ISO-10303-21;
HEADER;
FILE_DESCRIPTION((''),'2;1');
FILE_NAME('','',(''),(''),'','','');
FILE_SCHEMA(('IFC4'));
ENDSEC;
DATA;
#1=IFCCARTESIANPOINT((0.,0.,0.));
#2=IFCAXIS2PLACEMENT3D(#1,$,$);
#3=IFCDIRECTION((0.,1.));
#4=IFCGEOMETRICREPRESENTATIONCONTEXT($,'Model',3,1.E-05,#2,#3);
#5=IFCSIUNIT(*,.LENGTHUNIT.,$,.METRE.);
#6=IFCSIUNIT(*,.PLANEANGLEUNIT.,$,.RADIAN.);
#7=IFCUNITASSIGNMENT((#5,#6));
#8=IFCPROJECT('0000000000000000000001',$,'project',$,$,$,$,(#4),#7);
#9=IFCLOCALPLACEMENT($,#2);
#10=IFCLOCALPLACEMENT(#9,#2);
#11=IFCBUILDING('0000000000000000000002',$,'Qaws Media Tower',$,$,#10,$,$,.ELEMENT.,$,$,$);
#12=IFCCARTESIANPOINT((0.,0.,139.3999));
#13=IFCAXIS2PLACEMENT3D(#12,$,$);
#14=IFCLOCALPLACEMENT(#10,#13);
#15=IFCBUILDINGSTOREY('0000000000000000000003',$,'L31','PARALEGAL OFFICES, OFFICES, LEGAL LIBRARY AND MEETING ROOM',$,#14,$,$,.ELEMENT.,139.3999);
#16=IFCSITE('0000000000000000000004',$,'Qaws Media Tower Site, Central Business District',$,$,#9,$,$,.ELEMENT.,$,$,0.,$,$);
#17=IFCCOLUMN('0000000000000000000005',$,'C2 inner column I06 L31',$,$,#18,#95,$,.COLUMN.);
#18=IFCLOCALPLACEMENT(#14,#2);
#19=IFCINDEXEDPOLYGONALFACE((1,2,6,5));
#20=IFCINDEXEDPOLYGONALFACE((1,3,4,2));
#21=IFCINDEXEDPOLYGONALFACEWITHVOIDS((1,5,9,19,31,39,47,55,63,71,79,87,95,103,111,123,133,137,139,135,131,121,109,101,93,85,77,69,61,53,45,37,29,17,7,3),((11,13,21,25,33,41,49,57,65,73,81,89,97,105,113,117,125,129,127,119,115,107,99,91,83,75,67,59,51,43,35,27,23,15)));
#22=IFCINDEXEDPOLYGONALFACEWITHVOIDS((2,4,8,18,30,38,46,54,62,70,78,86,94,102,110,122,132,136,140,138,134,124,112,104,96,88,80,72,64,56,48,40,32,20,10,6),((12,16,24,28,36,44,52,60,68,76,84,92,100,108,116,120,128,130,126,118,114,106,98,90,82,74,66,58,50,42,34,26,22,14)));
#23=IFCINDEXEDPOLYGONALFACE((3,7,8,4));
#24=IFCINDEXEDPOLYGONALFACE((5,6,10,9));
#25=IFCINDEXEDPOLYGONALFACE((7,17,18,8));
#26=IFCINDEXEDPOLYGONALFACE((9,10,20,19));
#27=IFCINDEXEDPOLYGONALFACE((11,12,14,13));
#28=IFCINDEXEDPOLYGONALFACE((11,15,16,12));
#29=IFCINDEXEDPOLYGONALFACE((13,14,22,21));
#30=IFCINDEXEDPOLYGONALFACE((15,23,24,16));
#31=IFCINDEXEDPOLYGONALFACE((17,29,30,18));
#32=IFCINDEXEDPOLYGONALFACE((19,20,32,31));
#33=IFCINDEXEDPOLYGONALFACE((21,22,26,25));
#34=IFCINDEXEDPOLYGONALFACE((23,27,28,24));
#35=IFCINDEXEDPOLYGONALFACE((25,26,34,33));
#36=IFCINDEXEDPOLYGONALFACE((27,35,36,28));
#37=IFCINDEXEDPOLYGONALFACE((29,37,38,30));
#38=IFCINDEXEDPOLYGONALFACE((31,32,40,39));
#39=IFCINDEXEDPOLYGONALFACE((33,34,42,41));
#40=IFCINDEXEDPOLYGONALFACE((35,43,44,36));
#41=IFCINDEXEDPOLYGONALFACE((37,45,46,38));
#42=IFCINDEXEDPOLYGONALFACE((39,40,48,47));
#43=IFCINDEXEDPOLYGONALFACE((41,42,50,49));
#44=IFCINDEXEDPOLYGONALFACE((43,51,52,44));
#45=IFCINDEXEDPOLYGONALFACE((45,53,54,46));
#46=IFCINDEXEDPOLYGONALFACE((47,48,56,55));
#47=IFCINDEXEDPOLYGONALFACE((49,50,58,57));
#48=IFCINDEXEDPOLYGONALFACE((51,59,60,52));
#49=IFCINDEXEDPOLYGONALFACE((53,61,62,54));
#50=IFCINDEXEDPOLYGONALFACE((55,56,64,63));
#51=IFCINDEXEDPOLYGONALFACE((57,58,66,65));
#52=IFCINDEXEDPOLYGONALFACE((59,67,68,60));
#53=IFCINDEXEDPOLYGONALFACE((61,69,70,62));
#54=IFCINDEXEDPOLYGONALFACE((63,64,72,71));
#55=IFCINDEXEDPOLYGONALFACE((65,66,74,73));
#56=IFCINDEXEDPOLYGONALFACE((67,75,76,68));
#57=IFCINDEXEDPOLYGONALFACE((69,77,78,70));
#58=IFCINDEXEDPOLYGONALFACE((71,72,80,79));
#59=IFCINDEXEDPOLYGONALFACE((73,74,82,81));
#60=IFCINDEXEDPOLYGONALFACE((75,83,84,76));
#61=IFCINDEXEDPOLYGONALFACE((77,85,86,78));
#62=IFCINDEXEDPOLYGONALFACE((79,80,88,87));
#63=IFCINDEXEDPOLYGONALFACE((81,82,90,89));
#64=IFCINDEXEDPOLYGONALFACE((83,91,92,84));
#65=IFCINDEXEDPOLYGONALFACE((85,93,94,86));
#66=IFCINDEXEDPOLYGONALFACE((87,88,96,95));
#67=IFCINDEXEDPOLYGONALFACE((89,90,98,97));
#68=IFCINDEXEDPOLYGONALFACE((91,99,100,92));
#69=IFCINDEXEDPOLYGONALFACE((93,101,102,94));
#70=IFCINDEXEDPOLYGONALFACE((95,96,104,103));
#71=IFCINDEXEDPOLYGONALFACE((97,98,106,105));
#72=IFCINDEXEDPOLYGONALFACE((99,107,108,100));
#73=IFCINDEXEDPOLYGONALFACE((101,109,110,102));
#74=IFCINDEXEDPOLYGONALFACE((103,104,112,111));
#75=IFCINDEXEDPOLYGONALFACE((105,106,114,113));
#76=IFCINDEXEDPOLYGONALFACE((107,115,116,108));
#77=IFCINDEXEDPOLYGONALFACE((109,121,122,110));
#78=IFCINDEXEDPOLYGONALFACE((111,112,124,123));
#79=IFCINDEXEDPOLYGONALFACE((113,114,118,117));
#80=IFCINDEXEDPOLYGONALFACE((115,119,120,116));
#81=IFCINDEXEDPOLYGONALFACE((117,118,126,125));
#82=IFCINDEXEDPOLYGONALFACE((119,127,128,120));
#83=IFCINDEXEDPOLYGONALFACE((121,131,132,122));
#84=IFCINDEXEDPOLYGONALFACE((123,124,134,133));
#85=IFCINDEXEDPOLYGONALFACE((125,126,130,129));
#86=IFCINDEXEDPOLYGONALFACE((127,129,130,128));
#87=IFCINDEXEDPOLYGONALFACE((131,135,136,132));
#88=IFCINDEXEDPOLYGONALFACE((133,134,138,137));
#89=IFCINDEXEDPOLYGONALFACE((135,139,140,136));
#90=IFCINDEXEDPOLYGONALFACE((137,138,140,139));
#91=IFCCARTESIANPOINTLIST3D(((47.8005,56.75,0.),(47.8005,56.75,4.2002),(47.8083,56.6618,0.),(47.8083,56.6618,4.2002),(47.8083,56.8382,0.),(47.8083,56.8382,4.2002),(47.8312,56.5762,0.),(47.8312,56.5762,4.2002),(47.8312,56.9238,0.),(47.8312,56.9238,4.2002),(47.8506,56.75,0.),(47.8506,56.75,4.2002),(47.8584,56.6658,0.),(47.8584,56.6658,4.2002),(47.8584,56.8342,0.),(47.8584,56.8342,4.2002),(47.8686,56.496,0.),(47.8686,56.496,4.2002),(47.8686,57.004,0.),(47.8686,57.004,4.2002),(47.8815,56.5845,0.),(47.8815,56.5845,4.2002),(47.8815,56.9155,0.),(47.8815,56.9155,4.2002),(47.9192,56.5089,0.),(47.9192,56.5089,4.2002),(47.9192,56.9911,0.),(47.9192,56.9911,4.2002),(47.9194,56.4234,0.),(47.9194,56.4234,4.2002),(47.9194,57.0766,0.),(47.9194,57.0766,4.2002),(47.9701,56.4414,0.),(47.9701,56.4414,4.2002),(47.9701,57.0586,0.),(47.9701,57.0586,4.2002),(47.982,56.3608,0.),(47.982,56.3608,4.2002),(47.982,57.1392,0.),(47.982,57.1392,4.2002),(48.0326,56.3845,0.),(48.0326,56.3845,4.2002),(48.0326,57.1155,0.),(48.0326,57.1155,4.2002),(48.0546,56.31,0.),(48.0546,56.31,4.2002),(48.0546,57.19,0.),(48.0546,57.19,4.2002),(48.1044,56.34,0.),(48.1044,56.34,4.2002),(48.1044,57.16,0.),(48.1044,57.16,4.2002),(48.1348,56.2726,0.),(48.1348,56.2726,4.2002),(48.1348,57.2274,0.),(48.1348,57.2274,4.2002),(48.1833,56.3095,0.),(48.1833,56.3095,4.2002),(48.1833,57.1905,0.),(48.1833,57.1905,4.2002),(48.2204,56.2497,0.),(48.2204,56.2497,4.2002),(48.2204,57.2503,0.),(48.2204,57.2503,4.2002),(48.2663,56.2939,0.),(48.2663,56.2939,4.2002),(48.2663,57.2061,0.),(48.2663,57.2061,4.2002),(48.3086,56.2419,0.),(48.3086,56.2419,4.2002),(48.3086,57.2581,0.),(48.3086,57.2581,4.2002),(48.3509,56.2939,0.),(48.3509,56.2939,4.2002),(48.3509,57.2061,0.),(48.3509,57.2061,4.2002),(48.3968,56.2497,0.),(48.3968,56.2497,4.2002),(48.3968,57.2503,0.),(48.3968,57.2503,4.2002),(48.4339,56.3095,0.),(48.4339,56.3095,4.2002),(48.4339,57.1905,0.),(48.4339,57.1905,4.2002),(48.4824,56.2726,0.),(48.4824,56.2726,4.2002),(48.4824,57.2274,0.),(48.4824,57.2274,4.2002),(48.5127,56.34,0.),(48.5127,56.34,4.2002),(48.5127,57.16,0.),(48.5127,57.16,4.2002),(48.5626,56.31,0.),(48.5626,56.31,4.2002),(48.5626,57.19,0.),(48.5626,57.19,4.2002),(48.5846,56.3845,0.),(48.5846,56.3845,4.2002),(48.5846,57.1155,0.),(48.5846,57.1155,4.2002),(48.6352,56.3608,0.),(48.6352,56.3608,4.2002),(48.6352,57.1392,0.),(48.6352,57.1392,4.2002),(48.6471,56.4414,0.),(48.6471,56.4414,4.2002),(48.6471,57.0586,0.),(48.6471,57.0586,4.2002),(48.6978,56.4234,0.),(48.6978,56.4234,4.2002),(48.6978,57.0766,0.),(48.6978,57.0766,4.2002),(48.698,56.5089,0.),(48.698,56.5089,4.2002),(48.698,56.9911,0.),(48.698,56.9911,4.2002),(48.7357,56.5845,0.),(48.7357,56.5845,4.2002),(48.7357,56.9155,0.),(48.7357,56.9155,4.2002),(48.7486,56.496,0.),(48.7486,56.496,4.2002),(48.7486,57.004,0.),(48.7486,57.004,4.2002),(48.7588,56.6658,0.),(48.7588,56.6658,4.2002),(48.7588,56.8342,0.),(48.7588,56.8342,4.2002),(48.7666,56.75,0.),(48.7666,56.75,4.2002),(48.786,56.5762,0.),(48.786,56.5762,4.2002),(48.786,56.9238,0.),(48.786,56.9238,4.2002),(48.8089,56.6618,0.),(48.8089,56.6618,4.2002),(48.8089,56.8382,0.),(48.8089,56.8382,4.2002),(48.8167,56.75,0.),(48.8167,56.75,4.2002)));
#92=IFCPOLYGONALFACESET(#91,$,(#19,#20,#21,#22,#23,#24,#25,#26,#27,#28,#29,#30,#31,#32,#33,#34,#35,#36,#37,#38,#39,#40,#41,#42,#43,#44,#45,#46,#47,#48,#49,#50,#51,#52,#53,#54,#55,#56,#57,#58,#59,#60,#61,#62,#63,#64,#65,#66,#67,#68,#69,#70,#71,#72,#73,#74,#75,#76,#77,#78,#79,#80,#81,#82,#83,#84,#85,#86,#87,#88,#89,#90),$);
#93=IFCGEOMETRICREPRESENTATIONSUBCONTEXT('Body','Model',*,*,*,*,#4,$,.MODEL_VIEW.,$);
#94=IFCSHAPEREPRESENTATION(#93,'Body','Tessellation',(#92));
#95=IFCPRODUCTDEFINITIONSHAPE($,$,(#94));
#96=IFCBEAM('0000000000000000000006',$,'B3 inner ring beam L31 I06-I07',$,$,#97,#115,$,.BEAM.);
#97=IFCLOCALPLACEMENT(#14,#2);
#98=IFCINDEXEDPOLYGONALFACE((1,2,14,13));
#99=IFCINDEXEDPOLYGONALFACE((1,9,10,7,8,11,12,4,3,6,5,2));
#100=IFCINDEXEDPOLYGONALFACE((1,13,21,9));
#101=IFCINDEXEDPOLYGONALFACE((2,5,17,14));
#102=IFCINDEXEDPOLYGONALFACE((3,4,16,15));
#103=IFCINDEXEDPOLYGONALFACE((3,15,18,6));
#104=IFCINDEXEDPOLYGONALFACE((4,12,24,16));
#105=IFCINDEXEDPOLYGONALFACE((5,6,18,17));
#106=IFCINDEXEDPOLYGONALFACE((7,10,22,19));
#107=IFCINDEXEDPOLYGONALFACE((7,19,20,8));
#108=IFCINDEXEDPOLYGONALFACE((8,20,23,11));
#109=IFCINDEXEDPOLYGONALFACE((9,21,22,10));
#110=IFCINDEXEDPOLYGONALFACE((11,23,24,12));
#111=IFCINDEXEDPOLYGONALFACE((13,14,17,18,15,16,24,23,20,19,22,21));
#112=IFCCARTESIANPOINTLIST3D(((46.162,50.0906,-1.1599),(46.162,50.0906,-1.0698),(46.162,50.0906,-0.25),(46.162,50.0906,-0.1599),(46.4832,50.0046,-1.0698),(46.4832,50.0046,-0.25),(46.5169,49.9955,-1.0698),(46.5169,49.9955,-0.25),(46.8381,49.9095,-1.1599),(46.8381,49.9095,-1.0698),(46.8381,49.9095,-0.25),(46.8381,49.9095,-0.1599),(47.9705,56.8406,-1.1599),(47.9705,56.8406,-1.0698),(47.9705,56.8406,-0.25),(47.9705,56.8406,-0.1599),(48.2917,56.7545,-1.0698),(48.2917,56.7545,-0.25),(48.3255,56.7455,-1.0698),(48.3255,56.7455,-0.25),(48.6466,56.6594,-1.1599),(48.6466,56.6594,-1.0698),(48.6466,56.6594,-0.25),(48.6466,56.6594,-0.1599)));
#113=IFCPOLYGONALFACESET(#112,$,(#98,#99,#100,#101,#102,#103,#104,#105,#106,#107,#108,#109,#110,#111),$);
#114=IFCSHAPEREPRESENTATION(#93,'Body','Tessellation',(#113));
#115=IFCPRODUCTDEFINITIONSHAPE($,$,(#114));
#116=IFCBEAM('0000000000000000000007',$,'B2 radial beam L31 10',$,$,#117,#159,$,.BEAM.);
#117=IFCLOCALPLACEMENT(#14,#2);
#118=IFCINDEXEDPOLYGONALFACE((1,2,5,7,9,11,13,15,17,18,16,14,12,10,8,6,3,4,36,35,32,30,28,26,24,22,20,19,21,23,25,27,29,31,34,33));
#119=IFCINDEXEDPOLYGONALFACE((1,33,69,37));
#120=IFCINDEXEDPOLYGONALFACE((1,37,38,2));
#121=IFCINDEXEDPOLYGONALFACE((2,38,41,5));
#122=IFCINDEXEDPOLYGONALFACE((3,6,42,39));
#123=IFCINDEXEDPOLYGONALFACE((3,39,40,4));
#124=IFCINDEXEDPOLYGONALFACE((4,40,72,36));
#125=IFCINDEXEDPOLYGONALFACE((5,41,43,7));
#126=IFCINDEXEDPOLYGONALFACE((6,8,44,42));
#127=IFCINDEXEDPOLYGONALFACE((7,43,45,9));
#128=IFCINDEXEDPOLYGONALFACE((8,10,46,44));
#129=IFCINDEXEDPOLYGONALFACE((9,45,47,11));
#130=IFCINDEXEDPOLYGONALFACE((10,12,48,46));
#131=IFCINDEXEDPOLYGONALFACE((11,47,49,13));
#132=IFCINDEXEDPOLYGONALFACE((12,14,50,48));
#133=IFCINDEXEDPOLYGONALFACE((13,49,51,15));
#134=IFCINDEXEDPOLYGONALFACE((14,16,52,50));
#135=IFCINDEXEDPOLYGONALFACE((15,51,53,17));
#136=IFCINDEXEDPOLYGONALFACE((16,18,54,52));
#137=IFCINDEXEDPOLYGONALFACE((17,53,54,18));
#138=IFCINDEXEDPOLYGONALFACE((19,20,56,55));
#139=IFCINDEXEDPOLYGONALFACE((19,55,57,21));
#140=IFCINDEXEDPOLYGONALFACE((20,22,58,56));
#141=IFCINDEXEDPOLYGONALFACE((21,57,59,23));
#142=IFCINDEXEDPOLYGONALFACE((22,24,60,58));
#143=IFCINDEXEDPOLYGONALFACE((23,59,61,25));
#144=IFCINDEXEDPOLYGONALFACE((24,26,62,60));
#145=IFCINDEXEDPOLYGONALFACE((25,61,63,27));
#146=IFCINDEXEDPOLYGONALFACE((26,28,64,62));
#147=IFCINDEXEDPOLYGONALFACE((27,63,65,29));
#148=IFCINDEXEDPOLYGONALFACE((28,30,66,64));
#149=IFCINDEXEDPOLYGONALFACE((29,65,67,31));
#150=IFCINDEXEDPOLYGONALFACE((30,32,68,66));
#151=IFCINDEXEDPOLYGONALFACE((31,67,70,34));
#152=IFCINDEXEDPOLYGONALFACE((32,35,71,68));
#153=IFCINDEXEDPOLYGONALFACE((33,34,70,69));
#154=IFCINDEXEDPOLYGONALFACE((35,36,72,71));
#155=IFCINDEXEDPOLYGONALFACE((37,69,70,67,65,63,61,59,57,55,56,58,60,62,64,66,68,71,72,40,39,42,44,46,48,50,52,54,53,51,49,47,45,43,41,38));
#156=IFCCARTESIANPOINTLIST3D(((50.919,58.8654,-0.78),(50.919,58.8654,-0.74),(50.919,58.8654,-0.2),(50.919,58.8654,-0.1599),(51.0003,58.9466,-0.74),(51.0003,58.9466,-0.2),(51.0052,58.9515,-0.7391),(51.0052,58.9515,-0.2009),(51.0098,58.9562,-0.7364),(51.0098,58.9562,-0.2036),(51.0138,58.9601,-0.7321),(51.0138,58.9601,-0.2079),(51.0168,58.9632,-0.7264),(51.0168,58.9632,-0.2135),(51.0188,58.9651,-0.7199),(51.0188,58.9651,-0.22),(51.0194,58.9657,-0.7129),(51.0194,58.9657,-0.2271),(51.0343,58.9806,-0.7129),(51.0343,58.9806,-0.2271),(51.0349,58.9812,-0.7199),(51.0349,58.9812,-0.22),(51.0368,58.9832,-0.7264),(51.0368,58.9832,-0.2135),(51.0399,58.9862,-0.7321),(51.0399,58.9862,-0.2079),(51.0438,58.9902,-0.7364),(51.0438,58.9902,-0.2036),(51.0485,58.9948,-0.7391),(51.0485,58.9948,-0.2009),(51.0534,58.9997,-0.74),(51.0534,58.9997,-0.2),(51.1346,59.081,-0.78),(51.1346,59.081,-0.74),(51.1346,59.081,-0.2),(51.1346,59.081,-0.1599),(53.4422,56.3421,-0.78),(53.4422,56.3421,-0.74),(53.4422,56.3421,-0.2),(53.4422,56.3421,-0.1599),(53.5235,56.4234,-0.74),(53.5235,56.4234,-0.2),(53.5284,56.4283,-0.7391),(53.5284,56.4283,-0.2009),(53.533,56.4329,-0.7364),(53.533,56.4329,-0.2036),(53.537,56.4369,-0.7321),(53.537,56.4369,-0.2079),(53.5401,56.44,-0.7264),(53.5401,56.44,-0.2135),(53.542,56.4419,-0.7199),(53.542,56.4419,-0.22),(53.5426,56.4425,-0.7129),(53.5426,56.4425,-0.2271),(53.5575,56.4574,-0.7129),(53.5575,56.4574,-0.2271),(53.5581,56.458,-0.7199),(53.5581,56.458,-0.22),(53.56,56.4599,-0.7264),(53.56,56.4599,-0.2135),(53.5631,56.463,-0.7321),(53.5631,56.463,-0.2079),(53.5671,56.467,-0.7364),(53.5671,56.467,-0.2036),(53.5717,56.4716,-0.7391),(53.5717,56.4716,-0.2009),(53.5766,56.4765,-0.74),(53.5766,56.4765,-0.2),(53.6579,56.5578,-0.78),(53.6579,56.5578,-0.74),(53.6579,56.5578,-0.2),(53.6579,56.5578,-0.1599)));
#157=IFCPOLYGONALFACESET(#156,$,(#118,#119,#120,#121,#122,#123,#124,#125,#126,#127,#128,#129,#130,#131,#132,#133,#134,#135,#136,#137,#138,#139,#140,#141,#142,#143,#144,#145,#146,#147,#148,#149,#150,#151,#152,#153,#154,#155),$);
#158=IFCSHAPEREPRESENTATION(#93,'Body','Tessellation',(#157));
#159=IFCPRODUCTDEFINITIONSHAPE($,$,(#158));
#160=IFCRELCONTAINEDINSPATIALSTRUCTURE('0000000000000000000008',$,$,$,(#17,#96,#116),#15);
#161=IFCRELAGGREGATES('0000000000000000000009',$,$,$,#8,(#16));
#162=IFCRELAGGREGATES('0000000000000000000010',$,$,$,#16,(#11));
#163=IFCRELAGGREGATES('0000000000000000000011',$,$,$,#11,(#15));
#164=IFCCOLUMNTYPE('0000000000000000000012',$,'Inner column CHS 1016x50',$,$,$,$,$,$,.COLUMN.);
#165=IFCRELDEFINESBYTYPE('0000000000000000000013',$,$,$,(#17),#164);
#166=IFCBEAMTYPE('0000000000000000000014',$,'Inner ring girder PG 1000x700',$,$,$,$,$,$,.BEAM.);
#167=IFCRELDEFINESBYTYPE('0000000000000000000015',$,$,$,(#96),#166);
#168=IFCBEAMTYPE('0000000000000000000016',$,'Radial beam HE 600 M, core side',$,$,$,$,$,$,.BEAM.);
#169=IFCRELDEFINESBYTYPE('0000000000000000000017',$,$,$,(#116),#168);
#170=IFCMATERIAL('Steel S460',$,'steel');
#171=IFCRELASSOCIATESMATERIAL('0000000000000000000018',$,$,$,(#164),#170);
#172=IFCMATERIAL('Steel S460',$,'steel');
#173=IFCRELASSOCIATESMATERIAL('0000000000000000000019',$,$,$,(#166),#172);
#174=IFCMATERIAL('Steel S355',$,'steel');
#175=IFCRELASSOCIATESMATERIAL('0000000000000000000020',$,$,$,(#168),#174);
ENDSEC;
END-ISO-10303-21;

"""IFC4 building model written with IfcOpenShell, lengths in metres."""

from ifc_helpers import new_model, si_unit, direction, frame, origin, origin_2d, place, context, subcontext, project, spatial, hollow_circle, i_section, extrude, material, material_profile, profile_set, type_object, element, save


model = new_model("IFC4")

# Units and contexts
model_context = context("Model", 3, precision=1e-05, world=origin(), true_north=direction((0.0, 1.0)))
body_context = subcontext(model_context, "Body", "Model", "MODEL_VIEW")
ifc_project = project(units=[si_unit("LENGTHUNIT", "METRE"), si_unit("PLANEANGLEUNIT", "RADIAN")], contexts=[model_context])

# Site, building, storey
site_placement = place(None, origin())
site = spatial("IfcSite", under=ifc_project, at=site_placement, Name="Qaws Media Tower Site, Central Business District", CompositionType="ELEMENT", RefElevation=0.0)
building_placement = place(site_placement, origin())
building = spatial("IfcBuilding", under=site, at=building_placement, Name="Qaws Media Tower", CompositionType="ELEMENT")
storey_placement = place(building_placement, frame((0.0, 0.0, 139.3999)))
storey = spatial("IfcBuildingStorey", under=building, at=storey_placement, Name="L31", Description="PARALEGAL OFFICES, OFFICES, LEGAL LIBRARY AND MEETING ROOM", CompositionType="ELEMENT", Elevation=139.3999)

# Column
ifc_material_1 = material(Name="Steel S460", Category="steel")
ifc_material_profile_1 = material_profile(ifc_material_1, hollow_circle(Radius=0.5081, WallThickness=0.05, at=origin_2d()), Name="CHS 1016x50")
ifc_profile_set_1 = profile_set([ifc_material_profile_1], Name="Steel S460")
column_type = type_object("IfcColumnType", Name="Inner column CHS 1016x50", PredefinedType="COLUMN", material=ifc_profile_set_1)
column_placement = place(storey_placement, frame((48.3086, 56.75, 0.0), z_axis=(0.0, 0.0, 1.0), x_axis=(1.0, 0.0, 0.0)))
element("IfcColumn", 1, at=column_placement, inside=storey, type_object=column_type, Name="C2 inner column I06 L31", PredefinedType="COLUMN", context=body_context, shape_type="SweptSolid", body=[
    extrude(hollow_circle(Radius=0.5081, WallThickness=0.05, at=origin_2d()), origin(), (0.0, 0.0, 1.0), 4.2002),
])

# Beams
ifc_material_2 = material(Name="Steel S460", Category="steel")
ifc_material_profile_2 = material_profile(ifc_material_2, i_section(OverallWidth=0.7, OverallDepth=1.0, WebThickness=0.0349, FlangeThickness=0.0901, at=origin_2d()), Name="PG 1000x700")
ifc_profile_set_2 = profile_set([ifc_material_profile_2], Name="Steel S460")
beam_type_1 = type_object("IfcBeamType", Name="Inner ring girder PG 1000x700", PredefinedType="BEAM", material=ifc_profile_set_2)
beam_1_placement = place(storey_placement, frame((48.3086, 56.75, -0.6599), z_axis=(-0.258811, -0.965928, 0.0), x_axis=(0.965928, -0.258811, 0.0)))
element("IfcBeam", 2, at=beam_1_placement, inside=storey, type_object=beam_type_1, Name="B3 inner ring beam L31 I06-I07", PredefinedType="BEAM", context=body_context, shape_type="SweptSolid", body=[
    extrude(i_section(OverallWidth=0.7, OverallDepth=1.0, WebThickness=0.0349, FlangeThickness=0.0901, at=origin_2d()), origin(), (0.0, 0.0, 1.0), 6.988),
])
ifc_material_3 = material(Name="Steel S355", Category="steel")
ifc_material_profile_3 = material_profile(ifc_material_3, i_section(OverallWidth=0.3049, OverallDepth=0.6201, WebThickness=0.021, FlangeThickness=0.04, FilletRadius=0.0271, at=origin_2d()), Name="HE 600 M")
ifc_profile_set_3 = profile_set([ifc_material_profile_3], Name="Steel S355")
beam_type_2 = type_object("IfcBeamType", Name="Radial beam HE 600 M, core side", PredefinedType="BEAM", material=ifc_profile_set_3)
beam_2_placement = place(storey_placement, frame((53.55, 56.45, -0.47), z_axis=(-0.707107, 0.707107, 0.0), x_axis=(-0.707107, -0.707107, 0.0)))
element("IfcBeam", 3, at=beam_2_placement, inside=storey, type_object=beam_type_2, Name="B2 radial beam L31 10", PredefinedType="BEAM", context=body_context, shape_type="SweptSolid", body=[
    extrude(i_section(OverallWidth=0.3049, OverallDepth=0.6201, WebThickness=0.021, FlangeThickness=0.04, FilletRadius=0.0271, at=origin_2d()), origin(), (0.0, 0.0, 1.0), 3.5684),
])

save(model, "model.ifc")
